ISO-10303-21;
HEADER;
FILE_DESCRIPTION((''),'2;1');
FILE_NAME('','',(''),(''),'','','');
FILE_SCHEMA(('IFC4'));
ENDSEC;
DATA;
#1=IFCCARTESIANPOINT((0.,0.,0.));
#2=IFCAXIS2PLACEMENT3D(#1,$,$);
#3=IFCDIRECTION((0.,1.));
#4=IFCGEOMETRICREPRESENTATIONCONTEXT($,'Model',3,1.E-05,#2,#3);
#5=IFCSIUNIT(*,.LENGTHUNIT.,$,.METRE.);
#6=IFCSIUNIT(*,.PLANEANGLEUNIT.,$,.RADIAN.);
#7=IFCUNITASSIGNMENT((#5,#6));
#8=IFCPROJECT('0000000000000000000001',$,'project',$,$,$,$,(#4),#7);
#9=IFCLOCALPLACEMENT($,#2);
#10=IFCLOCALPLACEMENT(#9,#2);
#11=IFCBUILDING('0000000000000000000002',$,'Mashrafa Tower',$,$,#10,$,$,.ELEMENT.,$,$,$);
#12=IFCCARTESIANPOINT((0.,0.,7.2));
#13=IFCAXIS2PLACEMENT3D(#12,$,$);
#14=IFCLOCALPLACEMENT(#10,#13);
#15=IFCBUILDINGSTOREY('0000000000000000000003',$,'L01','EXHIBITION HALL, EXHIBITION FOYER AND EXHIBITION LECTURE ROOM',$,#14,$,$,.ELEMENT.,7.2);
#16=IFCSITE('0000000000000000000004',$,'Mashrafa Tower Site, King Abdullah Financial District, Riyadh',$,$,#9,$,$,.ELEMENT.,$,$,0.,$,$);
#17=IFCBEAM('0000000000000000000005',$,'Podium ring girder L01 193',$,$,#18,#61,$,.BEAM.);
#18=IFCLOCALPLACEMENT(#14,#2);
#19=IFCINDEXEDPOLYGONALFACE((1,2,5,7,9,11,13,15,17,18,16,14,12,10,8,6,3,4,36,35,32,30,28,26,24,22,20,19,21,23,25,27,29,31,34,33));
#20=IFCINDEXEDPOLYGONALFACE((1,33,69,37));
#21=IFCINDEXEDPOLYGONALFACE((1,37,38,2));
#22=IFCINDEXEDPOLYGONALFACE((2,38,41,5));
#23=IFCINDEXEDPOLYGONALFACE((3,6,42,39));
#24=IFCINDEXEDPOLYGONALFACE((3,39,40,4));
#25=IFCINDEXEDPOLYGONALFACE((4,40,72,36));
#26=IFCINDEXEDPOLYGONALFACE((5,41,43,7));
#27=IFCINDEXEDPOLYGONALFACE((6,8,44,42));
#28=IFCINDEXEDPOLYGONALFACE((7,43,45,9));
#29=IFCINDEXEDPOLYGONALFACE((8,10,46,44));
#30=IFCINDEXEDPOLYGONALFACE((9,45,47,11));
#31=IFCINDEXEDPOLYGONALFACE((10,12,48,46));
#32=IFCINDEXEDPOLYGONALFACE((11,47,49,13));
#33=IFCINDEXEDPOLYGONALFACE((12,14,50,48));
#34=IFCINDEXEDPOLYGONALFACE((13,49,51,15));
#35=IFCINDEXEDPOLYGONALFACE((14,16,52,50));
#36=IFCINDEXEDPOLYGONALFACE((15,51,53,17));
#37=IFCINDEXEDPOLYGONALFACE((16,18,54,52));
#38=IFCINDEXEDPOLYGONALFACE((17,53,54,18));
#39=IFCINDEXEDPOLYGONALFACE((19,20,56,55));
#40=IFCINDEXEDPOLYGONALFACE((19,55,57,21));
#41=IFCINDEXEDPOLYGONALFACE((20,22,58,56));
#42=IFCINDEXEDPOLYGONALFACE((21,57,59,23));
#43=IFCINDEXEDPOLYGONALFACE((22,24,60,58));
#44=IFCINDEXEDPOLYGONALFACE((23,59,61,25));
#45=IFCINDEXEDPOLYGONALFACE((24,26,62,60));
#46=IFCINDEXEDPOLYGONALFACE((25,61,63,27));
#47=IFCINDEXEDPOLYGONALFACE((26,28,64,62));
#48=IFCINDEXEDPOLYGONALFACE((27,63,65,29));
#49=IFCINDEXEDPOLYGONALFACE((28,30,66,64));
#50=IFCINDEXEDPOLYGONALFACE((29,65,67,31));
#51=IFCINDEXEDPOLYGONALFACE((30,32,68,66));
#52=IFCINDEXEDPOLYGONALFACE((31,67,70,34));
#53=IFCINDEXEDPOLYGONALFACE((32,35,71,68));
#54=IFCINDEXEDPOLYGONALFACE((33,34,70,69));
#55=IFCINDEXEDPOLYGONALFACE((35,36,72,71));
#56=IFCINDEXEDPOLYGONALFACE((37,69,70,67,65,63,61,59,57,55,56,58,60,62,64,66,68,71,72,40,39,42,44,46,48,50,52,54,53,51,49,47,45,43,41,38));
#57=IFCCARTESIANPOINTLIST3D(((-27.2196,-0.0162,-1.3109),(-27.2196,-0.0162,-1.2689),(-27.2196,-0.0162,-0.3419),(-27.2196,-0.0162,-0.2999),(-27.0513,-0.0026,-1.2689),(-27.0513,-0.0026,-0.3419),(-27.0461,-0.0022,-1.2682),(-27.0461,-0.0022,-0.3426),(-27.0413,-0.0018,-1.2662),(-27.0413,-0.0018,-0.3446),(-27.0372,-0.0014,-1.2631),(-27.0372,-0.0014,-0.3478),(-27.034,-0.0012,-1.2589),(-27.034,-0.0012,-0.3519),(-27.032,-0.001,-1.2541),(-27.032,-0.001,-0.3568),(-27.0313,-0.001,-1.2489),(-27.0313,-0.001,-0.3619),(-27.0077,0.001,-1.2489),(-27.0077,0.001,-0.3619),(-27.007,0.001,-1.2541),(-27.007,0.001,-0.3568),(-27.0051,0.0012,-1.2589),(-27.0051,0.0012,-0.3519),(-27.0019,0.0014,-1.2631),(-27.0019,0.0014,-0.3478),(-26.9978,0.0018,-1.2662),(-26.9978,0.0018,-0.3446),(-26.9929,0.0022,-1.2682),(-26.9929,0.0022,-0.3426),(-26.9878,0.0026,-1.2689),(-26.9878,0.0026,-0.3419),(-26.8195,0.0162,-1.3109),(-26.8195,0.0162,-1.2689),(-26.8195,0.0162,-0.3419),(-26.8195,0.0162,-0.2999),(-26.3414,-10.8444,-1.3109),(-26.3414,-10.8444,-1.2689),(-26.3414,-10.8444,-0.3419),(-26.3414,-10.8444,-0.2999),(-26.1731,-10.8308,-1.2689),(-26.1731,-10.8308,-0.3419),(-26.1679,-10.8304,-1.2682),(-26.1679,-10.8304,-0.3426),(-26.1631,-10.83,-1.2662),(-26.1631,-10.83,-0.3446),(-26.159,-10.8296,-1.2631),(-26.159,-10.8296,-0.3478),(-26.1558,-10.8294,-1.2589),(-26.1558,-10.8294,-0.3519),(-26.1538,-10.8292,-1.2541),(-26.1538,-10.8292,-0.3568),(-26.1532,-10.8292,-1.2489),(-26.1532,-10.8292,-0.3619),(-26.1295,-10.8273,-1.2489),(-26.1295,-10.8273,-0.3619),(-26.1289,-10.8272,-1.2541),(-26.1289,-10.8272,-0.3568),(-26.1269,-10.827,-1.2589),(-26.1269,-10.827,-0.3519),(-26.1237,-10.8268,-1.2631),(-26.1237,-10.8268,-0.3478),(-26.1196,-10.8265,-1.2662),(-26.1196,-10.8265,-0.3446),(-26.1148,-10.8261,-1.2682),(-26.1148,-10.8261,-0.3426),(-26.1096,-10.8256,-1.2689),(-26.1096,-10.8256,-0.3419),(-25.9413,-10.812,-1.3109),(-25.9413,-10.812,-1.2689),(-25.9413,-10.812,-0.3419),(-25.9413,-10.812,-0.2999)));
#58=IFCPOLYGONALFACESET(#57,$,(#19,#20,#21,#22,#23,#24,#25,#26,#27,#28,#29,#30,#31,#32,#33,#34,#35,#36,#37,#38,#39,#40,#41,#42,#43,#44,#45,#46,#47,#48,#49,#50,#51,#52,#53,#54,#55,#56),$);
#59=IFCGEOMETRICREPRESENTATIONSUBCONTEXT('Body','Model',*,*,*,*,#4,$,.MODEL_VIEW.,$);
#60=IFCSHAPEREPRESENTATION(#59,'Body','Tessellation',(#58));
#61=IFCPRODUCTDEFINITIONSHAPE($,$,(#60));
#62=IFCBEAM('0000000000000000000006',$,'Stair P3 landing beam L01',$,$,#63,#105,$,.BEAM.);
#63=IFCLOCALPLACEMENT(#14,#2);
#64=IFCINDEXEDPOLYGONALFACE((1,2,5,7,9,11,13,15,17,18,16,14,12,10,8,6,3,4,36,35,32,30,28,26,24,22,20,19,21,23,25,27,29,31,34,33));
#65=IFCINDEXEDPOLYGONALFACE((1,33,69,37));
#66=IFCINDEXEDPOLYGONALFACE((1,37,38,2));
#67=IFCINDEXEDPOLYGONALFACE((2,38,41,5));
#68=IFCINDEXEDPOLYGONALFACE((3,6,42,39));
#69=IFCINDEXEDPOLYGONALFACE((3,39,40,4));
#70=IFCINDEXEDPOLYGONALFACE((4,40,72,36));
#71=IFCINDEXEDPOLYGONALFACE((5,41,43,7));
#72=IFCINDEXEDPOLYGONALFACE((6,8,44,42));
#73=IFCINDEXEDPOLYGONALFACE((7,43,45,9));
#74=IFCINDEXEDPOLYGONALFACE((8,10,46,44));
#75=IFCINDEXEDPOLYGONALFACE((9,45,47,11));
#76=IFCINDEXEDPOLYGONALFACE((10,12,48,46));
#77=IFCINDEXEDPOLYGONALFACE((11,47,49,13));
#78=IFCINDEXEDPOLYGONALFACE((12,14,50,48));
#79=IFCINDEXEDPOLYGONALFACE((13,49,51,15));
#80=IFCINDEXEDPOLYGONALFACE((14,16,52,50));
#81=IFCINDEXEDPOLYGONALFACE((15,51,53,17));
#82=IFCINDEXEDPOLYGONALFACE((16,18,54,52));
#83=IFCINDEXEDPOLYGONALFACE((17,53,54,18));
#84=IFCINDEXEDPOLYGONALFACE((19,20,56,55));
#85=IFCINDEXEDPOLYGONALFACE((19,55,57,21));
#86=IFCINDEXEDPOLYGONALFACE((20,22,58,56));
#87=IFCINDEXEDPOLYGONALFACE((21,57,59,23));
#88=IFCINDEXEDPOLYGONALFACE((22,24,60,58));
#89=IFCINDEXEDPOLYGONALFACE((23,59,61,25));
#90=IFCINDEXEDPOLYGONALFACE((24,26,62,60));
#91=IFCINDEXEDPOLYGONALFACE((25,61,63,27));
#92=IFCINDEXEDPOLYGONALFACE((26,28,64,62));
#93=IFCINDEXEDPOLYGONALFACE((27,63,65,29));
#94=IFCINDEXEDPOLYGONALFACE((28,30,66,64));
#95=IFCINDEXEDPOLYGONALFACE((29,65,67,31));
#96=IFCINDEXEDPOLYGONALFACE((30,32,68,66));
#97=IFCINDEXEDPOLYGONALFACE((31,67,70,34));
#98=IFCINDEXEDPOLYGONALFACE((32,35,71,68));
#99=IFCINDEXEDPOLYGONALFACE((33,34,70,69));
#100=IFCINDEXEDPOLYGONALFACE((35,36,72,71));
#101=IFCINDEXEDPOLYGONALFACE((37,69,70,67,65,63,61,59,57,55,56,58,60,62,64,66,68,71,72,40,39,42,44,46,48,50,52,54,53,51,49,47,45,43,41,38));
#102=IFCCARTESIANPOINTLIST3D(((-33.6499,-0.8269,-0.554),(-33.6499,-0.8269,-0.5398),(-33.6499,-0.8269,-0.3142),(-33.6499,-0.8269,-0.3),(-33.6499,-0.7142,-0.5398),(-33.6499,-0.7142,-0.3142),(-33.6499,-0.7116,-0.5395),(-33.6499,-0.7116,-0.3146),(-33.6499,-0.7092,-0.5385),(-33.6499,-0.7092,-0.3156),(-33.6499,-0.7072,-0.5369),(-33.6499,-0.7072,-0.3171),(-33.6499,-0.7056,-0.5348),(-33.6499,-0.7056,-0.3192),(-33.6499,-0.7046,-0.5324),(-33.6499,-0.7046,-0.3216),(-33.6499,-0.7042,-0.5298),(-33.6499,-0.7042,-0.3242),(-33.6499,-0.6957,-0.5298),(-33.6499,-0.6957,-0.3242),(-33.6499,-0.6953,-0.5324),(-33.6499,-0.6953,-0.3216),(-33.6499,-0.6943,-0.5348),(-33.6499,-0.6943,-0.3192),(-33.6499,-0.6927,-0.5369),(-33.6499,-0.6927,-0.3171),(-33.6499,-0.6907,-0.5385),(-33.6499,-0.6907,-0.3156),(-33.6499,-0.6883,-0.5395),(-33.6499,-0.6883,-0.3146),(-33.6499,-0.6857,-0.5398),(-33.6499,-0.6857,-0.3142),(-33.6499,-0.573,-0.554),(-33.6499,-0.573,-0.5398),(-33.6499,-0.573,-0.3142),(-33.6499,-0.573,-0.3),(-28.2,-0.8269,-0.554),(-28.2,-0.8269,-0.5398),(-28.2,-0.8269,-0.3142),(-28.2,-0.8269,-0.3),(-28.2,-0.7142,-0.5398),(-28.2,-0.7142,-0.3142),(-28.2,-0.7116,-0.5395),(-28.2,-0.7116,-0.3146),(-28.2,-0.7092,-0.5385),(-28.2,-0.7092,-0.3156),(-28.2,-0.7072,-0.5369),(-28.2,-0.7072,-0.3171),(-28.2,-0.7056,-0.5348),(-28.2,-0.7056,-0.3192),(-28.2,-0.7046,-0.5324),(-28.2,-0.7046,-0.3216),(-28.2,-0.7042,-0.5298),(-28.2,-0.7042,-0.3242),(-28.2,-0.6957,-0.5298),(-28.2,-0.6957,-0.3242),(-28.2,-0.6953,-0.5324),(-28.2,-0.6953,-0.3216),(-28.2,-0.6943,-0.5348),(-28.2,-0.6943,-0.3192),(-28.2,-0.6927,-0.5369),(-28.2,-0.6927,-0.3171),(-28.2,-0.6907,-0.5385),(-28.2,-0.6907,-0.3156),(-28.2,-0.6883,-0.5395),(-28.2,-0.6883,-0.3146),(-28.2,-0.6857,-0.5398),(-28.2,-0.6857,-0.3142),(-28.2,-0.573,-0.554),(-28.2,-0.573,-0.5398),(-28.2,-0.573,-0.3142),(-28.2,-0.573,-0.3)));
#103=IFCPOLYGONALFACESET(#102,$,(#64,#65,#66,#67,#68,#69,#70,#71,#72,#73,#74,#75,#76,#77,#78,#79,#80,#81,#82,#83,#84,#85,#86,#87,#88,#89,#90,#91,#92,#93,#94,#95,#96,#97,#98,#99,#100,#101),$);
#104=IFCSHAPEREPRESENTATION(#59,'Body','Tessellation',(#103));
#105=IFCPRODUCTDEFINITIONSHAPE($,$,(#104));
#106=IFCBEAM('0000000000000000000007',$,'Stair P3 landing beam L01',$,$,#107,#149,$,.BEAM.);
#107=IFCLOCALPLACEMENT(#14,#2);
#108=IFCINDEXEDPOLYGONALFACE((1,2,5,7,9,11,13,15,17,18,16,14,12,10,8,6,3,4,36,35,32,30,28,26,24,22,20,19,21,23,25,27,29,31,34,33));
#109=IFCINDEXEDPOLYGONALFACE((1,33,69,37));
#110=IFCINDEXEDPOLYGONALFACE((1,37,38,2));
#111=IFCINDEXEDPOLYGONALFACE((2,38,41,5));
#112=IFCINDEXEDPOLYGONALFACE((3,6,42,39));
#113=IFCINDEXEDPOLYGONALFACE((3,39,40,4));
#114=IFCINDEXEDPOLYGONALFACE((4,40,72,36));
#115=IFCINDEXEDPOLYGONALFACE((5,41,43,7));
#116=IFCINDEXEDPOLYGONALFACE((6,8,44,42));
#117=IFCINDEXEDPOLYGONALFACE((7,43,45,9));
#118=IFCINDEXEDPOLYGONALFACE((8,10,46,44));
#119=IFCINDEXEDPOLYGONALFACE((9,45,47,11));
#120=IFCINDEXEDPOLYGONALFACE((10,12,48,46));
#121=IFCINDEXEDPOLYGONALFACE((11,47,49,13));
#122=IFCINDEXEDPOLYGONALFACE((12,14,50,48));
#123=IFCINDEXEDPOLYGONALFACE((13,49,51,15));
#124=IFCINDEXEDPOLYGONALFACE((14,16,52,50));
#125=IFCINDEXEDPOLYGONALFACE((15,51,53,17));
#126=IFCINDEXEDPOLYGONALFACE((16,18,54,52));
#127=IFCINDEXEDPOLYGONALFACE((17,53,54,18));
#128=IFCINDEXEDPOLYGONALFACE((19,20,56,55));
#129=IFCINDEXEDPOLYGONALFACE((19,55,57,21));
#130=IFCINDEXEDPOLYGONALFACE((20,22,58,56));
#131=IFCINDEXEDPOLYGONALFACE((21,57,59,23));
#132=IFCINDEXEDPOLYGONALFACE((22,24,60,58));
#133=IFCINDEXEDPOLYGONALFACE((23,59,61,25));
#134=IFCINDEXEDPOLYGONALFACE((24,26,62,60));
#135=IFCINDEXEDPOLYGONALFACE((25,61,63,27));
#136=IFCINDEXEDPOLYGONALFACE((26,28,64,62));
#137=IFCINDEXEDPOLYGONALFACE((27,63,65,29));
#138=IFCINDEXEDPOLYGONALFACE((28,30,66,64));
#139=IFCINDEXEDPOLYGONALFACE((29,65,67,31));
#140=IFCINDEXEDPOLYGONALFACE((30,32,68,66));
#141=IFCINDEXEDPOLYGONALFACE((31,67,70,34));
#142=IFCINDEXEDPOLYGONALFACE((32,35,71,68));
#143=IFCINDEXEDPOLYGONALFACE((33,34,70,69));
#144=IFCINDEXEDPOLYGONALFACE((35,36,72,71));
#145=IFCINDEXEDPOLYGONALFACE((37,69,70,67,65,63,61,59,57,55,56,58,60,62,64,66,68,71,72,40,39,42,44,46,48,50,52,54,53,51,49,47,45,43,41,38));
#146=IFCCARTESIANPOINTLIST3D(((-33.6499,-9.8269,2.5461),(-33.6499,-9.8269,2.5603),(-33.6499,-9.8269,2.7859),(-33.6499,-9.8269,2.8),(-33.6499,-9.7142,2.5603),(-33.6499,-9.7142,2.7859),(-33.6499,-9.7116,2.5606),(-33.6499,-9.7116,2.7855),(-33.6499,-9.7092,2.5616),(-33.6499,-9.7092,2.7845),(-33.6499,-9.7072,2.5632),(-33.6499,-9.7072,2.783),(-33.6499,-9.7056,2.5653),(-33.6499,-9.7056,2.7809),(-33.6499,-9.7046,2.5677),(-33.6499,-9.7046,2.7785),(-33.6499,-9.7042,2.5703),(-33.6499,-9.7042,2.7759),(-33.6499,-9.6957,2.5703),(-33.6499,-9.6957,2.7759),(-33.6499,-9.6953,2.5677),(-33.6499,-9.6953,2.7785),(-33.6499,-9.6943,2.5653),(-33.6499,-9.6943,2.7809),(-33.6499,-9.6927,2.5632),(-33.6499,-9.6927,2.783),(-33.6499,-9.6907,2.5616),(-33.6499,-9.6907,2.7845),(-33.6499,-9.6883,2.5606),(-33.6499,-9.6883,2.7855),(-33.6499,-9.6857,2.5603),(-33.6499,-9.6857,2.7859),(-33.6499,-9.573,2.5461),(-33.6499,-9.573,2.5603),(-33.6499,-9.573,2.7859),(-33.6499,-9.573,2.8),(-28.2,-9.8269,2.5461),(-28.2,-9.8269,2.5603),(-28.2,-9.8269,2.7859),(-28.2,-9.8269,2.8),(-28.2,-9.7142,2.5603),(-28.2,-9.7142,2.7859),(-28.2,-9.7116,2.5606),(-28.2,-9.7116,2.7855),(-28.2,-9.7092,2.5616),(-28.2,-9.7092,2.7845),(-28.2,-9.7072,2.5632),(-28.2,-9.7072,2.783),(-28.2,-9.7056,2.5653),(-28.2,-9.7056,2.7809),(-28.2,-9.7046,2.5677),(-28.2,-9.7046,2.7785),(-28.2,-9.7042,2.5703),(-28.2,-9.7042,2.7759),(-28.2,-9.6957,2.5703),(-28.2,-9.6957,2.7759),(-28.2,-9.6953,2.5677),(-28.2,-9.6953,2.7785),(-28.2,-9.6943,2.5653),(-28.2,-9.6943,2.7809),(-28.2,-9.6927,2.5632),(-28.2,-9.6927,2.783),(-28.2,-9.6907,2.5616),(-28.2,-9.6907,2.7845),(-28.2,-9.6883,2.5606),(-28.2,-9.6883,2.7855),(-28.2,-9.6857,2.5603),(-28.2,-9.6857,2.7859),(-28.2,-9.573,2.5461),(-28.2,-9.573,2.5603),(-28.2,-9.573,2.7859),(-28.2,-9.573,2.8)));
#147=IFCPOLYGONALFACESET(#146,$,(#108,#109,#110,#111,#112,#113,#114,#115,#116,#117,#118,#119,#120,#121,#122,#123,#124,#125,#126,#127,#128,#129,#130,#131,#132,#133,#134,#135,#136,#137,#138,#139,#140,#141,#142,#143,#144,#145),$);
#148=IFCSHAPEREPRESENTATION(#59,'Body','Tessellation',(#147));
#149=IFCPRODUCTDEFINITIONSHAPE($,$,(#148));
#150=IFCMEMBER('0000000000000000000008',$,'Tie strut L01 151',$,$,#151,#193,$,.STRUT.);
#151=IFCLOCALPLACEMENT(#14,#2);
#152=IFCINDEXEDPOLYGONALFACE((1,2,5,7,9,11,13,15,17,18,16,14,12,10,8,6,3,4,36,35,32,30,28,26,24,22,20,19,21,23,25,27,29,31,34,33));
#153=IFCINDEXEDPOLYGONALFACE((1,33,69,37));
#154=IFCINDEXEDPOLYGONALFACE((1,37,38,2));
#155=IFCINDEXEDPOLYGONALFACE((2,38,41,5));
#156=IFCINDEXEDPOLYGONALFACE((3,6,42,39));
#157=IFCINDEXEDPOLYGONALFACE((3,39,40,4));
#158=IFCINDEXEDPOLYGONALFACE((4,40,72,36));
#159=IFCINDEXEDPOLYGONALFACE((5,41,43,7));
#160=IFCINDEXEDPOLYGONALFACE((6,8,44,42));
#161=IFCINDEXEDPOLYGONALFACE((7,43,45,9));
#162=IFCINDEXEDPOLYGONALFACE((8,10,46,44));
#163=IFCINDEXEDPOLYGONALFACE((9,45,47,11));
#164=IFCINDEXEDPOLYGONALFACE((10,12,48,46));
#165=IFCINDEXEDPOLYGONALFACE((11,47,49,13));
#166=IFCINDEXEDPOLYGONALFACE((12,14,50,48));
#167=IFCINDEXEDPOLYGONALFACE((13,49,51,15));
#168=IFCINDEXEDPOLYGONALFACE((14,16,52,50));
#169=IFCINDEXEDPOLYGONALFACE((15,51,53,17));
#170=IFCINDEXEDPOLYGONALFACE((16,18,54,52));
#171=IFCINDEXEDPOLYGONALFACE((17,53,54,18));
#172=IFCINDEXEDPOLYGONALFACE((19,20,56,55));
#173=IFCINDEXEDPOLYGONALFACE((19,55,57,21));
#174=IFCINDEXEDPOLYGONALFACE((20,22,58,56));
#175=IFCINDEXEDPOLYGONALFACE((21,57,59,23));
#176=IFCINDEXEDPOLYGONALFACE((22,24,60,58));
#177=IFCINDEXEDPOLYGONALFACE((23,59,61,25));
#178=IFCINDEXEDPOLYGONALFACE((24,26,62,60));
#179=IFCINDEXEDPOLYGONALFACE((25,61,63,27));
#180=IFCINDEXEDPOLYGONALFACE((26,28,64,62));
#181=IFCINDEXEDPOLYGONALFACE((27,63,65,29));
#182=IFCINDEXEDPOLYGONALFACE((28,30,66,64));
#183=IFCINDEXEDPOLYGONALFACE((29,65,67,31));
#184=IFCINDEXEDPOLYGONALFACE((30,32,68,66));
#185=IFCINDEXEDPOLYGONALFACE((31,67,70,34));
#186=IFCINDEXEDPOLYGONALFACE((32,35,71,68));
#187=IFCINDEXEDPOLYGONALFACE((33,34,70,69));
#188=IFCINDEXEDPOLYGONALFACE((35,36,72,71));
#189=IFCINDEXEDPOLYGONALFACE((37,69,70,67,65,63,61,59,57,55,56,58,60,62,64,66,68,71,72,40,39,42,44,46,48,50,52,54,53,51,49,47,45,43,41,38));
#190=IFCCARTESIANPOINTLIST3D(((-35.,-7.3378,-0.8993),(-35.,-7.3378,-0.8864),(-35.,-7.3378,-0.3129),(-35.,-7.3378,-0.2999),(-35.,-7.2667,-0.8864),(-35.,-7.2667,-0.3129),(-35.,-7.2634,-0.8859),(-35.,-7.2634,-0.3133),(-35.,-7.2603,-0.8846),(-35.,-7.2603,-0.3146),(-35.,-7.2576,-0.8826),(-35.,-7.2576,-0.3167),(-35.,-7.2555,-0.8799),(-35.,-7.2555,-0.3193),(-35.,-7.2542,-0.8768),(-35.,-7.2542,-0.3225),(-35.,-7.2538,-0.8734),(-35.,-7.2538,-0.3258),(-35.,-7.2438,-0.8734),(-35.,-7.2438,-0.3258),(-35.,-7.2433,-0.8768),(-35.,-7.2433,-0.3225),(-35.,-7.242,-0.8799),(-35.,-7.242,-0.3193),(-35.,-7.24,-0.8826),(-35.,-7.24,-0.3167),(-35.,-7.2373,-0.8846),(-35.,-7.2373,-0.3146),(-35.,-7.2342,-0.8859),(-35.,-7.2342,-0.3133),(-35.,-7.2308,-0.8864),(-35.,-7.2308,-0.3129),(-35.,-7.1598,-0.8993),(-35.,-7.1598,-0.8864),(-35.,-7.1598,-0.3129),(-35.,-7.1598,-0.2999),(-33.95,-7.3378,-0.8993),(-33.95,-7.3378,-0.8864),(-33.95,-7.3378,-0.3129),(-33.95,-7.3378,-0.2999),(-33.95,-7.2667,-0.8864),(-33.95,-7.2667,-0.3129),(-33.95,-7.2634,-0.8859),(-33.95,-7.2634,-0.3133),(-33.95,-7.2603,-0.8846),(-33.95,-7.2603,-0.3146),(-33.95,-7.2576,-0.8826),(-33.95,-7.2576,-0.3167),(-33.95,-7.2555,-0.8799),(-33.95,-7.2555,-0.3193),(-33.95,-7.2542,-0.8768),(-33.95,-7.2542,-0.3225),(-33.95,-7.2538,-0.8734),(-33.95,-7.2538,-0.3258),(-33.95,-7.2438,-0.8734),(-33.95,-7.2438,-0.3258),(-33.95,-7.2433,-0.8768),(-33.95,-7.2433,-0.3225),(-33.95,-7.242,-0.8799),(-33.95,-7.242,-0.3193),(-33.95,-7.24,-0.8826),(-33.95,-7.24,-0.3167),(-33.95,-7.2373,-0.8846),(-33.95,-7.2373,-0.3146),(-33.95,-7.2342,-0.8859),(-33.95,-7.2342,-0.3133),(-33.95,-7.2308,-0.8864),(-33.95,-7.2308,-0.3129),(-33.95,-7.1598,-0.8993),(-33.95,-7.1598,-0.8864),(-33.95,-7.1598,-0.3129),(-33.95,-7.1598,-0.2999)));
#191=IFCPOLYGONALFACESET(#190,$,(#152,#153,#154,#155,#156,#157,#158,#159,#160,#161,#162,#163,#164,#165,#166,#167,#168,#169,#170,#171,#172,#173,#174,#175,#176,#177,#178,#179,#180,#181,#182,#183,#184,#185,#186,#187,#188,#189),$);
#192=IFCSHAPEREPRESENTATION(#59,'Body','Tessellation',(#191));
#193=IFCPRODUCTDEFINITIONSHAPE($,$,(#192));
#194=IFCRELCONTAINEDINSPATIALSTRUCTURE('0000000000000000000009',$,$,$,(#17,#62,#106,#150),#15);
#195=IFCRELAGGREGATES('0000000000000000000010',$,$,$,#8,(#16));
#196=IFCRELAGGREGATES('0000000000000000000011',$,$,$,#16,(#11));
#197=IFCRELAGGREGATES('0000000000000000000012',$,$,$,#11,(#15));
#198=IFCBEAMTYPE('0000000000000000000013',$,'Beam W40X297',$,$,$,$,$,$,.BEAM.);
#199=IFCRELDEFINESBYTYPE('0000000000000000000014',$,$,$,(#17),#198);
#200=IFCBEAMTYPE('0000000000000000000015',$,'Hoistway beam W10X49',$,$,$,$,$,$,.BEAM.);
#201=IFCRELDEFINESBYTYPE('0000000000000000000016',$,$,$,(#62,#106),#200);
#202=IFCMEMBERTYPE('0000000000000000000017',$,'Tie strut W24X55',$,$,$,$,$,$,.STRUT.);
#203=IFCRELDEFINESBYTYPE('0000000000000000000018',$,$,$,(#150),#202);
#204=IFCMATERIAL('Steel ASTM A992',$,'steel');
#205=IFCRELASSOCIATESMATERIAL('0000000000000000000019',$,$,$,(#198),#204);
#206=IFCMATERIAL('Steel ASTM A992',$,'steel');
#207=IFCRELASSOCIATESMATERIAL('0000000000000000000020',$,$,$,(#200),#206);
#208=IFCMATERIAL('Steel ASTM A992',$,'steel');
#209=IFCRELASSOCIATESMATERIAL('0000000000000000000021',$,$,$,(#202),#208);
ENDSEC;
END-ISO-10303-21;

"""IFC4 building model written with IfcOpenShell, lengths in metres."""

from ifc_helpers import new_model, si_unit, direction, frame, origin, origin_2d, place, context, subcontext, project, spatial, i_section, extrude, source, transform, mapped, material, material_profile, profile_set, type_object, type_shapes, element, save


model = new_model("IFC4")

# Units and contexts
model_context = context("Model", 3, precision=1e-05, world=origin(), true_north=direction((0.0, 1.0)))
body_context = subcontext(model_context, "Body", "Model", "MODEL_VIEW")
ifc_project = project(units=[si_unit("LENGTHUNIT", "METRE"), si_unit("PLANEANGLEUNIT", "RADIAN")], contexts=[model_context])

# Site, building, storey
site_placement = place(None, origin())
site = spatial("IfcSite", under=ifc_project, at=site_placement, Name="Mashrafa Tower Site, King Abdullah Financial District, Riyadh", CompositionType="ELEMENT", RefElevation=0.0)
building_placement = place(site_placement, origin())
building = spatial("IfcBuilding", under=site, at=building_placement, Name="Mashrafa Tower", CompositionType="ELEMENT")
storey_placement = place(building_placement, frame((0.0, 0.0, 7.2)))
storey = spatial("IfcBuildingStorey", under=building, at=storey_placement, Name="L01", Description="EXHIBITION HALL, EXHIBITION FOYER AND EXHIBITION LECTURE ROOM", CompositionType="ELEMENT", Elevation=7.2)

# Beams
ifc_material_1 = material(Name="Steel ASTM A992", Category="steel")
ifc_material_profile_1 = material_profile(ifc_material_1, i_section(OverallWidth=0.4014, OverallDepth=1.011, WebThickness=0.0237, FlangeThickness=0.042, FilletRadius=0.02, at=origin_2d()), Name="W40X297")
ifc_profile_set_1 = profile_set([ifc_material_profile_1], Name="Steel ASTM A992")
beam_type_1 = type_object("IfcBeamType", Name="Beam W40X297", PredefinedType="BEAM", material=ifc_profile_set_1)
beam_1_placement = place(storey_placement, frame((-27.0195, 0.0, -0.8054), z_axis=(0.080836, -0.996727, 0.0), x_axis=(0.996727, 0.080836, 0.0)))
element("IfcBeam", 1, at=beam_1_placement, inside=storey, type_object=beam_type_1, Name="Podium ring girder L01 193", PredefinedType="BEAM", context=body_context, shape_type="SweptSolid", body=[
    extrude(i_section(OverallWidth=0.4014, OverallDepth=1.011, WebThickness=0.0237, FlangeThickness=0.042, FilletRadius=0.02, at=origin_2d()), origin(), (0.0, 0.0, 1.0), 10.8638),
])
ifc_material_2 = material(Name="Steel ASTM A992", Category="steel")
ifc_material_profile_2 = material_profile(ifc_material_2, i_section(OverallWidth=0.2539, OverallDepth=0.2539, WebThickness=0.0085, FlangeThickness=0.0142, FilletRadius=0.01, at=origin_2d()), Name="W10X49")
ifc_profile_set_2 = profile_set([ifc_material_profile_2], Name="Steel ASTM A992")
beam_type_2 = type_object("IfcBeamType", Name="Hoistway beam W10X49", PredefinedType="BEAM", material=ifc_profile_set_2)
for number, where, z_axis, x_axis, name in (
    (2, (-33.6499, -0.7, -0.427), (1.0, 0.0, 0.0), (0.0, 1.0, 0.0), "Stair P3 landing beam L01"),
    (3, (-33.6499, -9.7, 2.6731), (1.0, 0.0, 0.0), (0.0, 1.0, 0.0), "Stair P3 landing beam L01"),
):
    element("IfcBeam", number, at=place(storey_placement, frame(where, z_axis=z_axis, x_axis=x_axis)), inside=storey, type_object=beam_type_2, Name=name, PredefinedType="BEAM", context=body_context, shape_type="SweptSolid", body=[
        extrude(i_section(OverallWidth=0.2539, OverallDepth=0.2539, WebThickness=0.0085, FlangeThickness=0.0142, FilletRadius=0.01, at=origin_2d()), origin(), (0.0, 0.0, 1.0), 5.45),
    ])

# Member
ifc_material_3 = material(Name="Steel ASTM A992", Category="steel")
ifc_material_profile_3 = material_profile(ifc_material_3, i_section(OverallWidth=0.178, OverallDepth=0.5994, WebThickness=0.01, FlangeThickness=0.0129, FilletRadius=0.0129, at=origin_2d()), Name="W24X55")
ifc_profile_set_3 = profile_set([ifc_material_profile_3], Name="Steel ASTM A992")
member_type_1 = type_object("IfcMemberType", Name="Tie strut W24X55", PredefinedType="STRUT", material=ifc_profile_set_3)
shared_shape_1 = source(origin(), body_context, "Body", "SweptSolid", [
    extrude(i_section(OverallWidth=0.178, OverallDepth=0.5994, WebThickness=0.01, FlangeThickness=0.0129, FilletRadius=0.0129, at=origin_2d()), origin(), (0.0, 0.0, 1.0), 1.05),
])
type_shapes(member_type_1, [shared_shape_1])
member_1_placement = place(storey_placement, frame((-33.95, -7.2488, -0.5996), z_axis=(-1.0, 0.0, 0.0), x_axis=(0.0, -1.0, 0.0)))
element("IfcMember", 4, at=member_1_placement, inside=storey, type_object=member_type_1, Name="Tie strut L01 151", PredefinedType="STRUT", context=body_context, shape_type="MappedRepresentation", body=[
    mapped(shared_shape_1, transform((0.0, 0.0, 0.0))),
])

save(model, "model.ifc")
